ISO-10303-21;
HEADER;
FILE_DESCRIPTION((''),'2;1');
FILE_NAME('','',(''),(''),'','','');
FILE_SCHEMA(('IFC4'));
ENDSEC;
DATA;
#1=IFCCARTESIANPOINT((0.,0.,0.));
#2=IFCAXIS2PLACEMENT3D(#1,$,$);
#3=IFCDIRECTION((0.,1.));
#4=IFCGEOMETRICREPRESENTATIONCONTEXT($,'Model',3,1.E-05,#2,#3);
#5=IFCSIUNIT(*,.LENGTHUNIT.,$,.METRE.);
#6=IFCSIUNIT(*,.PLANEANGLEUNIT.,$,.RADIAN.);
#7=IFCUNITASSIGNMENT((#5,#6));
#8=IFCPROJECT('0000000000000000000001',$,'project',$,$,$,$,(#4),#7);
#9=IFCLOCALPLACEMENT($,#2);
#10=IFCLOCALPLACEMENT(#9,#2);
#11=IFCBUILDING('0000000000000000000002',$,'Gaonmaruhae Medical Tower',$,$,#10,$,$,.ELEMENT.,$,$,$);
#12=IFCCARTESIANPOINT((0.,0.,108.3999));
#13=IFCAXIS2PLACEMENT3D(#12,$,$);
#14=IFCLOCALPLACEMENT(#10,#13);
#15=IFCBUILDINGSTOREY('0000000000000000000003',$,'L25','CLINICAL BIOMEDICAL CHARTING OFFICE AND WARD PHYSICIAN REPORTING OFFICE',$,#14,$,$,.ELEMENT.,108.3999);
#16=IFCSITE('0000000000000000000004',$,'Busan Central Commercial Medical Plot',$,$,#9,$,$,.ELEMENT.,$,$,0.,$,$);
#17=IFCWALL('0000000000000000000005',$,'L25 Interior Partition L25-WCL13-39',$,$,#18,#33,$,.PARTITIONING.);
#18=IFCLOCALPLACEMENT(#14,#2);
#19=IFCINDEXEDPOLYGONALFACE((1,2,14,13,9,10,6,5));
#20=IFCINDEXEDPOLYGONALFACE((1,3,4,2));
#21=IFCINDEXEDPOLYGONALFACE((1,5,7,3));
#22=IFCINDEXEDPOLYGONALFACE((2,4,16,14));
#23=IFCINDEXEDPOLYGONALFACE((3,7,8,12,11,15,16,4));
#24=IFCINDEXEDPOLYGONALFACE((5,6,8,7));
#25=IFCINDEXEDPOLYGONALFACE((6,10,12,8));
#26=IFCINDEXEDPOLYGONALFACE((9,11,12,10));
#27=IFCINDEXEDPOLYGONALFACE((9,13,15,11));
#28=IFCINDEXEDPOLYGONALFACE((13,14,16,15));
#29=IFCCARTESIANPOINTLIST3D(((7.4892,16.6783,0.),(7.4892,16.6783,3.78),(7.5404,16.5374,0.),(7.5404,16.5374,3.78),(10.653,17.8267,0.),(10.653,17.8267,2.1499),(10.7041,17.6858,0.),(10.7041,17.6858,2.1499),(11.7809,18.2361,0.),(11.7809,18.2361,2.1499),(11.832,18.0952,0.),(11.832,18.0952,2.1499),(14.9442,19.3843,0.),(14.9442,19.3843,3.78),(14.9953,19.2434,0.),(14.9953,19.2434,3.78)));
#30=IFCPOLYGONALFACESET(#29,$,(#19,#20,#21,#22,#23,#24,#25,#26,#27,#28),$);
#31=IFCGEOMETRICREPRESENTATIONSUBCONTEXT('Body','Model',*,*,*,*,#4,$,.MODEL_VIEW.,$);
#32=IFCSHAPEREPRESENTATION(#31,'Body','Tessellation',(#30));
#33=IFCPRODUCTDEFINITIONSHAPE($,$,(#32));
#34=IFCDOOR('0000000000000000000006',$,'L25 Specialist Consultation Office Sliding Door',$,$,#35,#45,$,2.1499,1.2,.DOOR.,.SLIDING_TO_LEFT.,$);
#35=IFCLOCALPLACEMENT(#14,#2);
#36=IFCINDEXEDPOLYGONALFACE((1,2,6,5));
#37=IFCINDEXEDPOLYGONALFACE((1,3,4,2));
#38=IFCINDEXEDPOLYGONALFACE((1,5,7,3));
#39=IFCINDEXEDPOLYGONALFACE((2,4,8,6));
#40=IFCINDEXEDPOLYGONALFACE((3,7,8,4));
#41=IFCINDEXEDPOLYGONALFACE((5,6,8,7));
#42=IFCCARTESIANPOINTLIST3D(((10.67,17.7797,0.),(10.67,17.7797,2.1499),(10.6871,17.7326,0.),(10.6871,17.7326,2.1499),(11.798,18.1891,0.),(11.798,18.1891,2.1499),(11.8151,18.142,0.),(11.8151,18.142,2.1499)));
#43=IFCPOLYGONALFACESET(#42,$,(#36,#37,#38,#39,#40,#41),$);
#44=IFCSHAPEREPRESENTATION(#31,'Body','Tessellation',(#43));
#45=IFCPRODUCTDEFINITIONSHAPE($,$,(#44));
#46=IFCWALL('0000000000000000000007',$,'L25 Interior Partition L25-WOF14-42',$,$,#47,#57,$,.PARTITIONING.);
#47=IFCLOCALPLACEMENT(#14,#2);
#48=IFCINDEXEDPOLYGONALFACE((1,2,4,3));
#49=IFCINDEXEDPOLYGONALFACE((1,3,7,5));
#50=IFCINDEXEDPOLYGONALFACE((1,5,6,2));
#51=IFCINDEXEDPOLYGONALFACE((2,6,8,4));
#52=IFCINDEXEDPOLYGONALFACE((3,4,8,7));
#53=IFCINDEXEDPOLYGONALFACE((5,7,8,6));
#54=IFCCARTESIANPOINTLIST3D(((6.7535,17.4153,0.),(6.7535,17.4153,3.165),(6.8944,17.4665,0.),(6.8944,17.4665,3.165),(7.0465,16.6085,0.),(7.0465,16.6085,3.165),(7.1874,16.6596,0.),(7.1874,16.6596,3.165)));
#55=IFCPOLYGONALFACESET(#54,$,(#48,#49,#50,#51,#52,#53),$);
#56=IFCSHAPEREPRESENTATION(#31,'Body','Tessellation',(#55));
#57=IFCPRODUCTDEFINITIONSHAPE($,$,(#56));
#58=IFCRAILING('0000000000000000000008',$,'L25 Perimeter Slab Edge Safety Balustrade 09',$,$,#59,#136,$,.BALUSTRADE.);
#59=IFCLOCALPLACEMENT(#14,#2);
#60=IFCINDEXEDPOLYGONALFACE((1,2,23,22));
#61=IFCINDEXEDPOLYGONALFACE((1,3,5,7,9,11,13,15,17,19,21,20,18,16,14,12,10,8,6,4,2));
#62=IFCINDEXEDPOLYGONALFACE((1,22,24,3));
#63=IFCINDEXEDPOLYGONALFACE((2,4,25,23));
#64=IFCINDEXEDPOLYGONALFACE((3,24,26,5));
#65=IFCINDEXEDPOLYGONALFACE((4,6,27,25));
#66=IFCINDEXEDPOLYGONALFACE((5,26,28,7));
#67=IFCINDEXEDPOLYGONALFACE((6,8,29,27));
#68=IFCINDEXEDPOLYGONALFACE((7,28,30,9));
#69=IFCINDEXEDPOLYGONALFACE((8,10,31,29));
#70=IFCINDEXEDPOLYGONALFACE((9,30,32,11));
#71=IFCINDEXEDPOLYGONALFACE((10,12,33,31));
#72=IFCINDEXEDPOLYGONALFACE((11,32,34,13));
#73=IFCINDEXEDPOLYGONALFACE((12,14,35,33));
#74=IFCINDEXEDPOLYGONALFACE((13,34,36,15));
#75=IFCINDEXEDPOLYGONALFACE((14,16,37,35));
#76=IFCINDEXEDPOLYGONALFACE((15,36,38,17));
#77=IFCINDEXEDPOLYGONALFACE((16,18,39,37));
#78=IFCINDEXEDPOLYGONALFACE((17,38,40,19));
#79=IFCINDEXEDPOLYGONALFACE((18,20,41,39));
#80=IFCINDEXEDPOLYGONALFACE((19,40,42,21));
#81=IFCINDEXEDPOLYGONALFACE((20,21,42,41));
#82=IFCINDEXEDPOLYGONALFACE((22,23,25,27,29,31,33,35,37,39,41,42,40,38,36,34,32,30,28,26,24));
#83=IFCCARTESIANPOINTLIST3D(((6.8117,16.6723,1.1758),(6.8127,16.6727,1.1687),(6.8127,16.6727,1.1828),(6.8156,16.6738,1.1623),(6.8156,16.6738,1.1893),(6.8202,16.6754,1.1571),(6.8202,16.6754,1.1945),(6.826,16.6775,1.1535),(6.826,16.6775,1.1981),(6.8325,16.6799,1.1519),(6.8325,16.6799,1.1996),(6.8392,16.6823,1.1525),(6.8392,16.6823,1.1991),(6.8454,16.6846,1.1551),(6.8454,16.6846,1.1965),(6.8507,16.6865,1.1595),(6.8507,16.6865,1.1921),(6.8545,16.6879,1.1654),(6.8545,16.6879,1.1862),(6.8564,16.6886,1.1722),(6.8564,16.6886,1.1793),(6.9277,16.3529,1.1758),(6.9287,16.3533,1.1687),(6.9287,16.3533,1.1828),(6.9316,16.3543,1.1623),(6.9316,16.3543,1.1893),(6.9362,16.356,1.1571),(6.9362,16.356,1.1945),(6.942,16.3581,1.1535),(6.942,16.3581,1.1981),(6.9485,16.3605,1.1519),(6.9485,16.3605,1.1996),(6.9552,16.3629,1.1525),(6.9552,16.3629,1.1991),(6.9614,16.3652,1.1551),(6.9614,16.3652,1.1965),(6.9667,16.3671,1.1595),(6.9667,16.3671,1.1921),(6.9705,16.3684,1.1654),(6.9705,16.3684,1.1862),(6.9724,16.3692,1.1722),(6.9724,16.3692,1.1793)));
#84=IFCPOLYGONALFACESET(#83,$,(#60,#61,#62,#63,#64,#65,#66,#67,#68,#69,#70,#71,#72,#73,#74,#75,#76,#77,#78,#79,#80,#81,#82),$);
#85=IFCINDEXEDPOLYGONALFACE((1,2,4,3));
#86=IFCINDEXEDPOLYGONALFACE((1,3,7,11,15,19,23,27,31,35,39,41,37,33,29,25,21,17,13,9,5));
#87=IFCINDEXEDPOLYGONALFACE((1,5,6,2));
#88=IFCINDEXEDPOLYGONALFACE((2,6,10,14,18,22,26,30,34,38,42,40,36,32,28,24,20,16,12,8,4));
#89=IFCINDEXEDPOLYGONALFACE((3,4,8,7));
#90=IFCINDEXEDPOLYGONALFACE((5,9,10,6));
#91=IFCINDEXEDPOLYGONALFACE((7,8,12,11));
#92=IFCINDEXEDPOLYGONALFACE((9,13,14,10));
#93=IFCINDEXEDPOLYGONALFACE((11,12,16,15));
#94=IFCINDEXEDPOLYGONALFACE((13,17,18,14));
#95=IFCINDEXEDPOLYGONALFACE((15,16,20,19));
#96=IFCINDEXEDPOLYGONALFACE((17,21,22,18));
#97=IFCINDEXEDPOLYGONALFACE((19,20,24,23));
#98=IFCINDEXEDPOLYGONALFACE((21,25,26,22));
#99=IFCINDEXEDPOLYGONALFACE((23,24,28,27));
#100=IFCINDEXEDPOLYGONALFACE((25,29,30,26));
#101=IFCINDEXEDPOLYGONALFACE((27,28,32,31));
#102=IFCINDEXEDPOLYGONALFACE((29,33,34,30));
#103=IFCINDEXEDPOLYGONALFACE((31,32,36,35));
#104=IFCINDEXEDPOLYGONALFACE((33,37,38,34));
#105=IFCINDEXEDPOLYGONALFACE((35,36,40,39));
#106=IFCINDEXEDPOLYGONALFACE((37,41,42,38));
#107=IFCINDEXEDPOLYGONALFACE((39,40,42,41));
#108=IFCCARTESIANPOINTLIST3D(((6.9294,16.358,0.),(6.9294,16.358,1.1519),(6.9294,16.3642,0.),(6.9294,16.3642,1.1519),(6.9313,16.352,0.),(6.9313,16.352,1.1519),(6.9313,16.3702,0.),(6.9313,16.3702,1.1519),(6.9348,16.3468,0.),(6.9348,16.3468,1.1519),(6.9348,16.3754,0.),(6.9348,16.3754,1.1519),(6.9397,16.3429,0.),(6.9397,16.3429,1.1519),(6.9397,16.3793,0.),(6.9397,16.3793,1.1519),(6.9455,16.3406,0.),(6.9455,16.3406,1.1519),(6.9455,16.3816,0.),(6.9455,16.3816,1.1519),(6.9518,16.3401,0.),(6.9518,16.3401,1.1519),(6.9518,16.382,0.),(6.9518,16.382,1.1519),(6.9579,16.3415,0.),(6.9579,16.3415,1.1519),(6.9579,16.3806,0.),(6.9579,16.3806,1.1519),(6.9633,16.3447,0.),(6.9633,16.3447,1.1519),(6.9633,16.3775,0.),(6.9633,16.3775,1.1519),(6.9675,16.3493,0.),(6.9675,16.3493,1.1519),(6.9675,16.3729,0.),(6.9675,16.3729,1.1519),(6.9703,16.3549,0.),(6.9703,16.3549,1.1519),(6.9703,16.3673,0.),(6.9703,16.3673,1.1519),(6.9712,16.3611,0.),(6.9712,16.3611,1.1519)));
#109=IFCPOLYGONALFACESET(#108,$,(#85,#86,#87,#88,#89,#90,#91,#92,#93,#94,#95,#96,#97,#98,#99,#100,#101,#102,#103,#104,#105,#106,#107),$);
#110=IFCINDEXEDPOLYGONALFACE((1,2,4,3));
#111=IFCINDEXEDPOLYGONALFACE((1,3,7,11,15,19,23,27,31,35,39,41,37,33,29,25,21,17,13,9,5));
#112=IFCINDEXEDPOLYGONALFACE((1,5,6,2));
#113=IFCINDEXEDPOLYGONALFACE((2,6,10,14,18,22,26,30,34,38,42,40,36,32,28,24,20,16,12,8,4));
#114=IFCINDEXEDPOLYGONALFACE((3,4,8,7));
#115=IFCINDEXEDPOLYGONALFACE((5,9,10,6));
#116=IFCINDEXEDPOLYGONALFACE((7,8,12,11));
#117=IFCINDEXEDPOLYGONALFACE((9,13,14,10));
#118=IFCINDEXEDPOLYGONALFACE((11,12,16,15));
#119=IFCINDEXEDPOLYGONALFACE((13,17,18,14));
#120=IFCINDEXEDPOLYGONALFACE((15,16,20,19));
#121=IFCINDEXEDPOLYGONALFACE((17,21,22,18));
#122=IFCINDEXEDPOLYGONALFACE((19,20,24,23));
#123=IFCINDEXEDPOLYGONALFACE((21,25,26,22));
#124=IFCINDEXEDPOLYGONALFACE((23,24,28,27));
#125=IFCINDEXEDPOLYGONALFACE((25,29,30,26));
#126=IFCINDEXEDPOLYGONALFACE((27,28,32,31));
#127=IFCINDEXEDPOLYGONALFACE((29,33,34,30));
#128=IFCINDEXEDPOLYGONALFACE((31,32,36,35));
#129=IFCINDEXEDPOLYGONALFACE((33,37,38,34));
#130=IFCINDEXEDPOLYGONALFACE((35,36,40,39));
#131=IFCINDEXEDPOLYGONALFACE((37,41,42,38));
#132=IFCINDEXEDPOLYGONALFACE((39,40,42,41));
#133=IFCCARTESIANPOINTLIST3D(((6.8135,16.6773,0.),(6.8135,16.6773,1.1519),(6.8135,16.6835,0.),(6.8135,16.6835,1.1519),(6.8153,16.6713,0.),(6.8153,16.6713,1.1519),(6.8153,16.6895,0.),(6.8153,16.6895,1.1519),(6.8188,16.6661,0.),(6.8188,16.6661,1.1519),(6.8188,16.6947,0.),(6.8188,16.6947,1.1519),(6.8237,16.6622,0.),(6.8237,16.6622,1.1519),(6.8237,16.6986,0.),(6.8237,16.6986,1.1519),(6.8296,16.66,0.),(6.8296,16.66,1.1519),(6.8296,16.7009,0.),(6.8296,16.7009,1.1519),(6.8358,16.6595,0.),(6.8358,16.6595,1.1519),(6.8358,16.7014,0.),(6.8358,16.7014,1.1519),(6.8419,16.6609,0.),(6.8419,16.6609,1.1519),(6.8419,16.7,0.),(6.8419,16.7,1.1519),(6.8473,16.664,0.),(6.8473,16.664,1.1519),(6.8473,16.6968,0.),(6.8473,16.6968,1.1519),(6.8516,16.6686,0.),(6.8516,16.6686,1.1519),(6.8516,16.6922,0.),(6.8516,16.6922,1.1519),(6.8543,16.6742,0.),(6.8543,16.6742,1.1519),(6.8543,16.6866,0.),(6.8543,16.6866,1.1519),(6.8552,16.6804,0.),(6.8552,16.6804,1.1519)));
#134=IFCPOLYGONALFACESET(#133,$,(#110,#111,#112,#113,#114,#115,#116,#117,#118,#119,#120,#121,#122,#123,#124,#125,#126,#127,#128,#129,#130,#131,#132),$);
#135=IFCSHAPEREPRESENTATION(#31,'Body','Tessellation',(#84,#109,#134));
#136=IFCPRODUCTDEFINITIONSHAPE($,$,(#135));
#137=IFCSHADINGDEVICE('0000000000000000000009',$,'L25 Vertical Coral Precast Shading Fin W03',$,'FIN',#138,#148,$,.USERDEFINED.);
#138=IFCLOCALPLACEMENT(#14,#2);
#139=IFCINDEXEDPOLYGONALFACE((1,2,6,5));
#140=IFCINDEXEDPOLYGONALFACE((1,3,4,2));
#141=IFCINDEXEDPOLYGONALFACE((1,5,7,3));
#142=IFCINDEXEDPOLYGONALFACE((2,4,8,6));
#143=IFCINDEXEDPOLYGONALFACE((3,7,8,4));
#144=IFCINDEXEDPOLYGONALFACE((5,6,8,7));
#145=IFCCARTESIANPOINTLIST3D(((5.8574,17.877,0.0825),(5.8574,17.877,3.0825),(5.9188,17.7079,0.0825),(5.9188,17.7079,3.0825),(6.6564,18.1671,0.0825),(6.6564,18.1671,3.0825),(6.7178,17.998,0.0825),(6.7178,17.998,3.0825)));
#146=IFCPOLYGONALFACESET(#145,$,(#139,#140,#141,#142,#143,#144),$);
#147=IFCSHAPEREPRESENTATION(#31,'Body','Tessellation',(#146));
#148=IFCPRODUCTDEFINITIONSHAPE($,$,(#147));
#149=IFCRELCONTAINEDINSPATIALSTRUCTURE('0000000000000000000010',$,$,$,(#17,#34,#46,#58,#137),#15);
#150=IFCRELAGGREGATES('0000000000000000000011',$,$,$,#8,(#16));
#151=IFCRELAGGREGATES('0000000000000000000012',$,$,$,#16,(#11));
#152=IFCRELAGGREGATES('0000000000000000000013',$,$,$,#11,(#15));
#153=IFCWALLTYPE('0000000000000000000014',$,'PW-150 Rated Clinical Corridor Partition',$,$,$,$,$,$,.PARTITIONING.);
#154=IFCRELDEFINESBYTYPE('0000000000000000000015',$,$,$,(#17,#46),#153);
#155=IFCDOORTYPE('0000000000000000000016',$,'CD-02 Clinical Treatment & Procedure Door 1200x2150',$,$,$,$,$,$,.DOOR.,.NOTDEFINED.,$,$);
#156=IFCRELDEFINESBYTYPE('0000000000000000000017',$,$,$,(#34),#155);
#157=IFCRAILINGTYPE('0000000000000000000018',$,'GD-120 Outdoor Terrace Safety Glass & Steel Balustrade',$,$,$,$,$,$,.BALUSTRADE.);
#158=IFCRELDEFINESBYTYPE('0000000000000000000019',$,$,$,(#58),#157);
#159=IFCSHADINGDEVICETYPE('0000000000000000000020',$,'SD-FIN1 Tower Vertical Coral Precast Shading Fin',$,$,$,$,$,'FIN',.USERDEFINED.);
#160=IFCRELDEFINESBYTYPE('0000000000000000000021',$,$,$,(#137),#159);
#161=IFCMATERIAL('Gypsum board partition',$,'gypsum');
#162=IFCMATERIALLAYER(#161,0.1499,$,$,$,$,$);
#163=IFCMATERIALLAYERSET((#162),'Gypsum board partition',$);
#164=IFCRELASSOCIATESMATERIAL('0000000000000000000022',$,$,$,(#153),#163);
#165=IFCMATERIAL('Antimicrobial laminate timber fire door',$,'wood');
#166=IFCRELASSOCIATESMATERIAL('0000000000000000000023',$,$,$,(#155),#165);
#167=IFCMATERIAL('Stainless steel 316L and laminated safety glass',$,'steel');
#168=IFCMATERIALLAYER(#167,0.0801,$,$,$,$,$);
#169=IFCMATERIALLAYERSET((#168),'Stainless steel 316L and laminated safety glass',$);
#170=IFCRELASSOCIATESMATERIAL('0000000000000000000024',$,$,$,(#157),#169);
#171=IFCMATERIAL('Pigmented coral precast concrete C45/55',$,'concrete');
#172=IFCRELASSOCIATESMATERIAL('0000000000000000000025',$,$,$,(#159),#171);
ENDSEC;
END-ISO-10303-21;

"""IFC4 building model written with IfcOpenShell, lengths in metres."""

from ifc_helpers import new_model, si_unit, direction, frame, frame_2d, origin, origin_2d, place, context, subcontext, project, spatial, rectangle, circle, extrude, material, layer, layer_set, type_object, element, fill, save


model = new_model("IFC4")

# Units and contexts
model_context = context("Model", 3, precision=1e-05, world=origin(), true_north=direction((0.0, 1.0)))
body_context = subcontext(model_context, "Body", "Model", "MODEL_VIEW")
ifc_project = project(units=[si_unit("LENGTHUNIT", "METRE"), si_unit("PLANEANGLEUNIT", "RADIAN")], contexts=[model_context])

# Site, building, storey
site_placement = place(None, origin())
site = spatial("IfcSite", under=ifc_project, at=site_placement, Name="Busan Central Commercial Medical Plot", CompositionType="ELEMENT", RefElevation=0.0)
building_placement = place(site_placement, origin())
building = spatial("IfcBuilding", under=site, at=building_placement, Name="Gaonmaruhae Medical Tower", CompositionType="ELEMENT")
storey_placement = place(building_placement, frame((0.0, 0.0, 108.3999)))
storey = spatial("IfcBuildingStorey", under=building, at=storey_placement, Name="L25", Description="CLINICAL BIOMEDICAL CHARTING OFFICE AND WARD PHYSICIAN REPORTING OFFICE", CompositionType="ELEMENT", Elevation=108.3999)

# Shared definitions
ifc_material_1 = material(Name="Gypsum board partition", Category="gypsum")
ifc_layer_1 = layer(ifc_material_1, 0.1499)
ifc_layer_set_1 = layer_set([ifc_layer_1], Name="Gypsum board partition")
wall_type_1 = type_object("IfcWallType", Name="PW-150 Rated Clinical Corridor Partition", PredefinedType="PARTITIONING", material=ifc_layer_set_1)

# Wall, opening, door
wall_1_placement = place(storey_placement, frame((7.5149, 16.6079, 0.0), z_axis=(0.0, 0.0, 1.0), x_axis=(0.939991, 0.341199, 0.0)))
wall_1 = element("IfcWall", 1, at=wall_1_placement, inside=storey, type_object=wall_type_1, Name="L25 Interior Partition L25-WCL13-39", PredefinedType="PARTITIONING", context=body_context, shape_type="SweptSolid", body=[
    extrude(rectangle(XDim=7.9309, YDim=0.1499, at=frame_2d((3.9653, 0.0))), origin(), (0.0, 0.0, 1.0), 3.78),
])
opening_1_placement = place(wall_1_placement, frame((3.3655, 0.0, 0.0)))
opening_1 = element("IfcOpeningElement", 2, at=opening_1_placement, cuts=wall_1, PredefinedType="OPENING", context=body_context, shape_type="SweptSolid", body=[
    extrude(rectangle(XDim=1.2, YDim=2.1499, at=frame_2d((0.6001, 1.075))), frame((0.0, 0.085, 0.0), z_axis=(0.0, -1.0, 0.0), x_axis=(1.0, 0.0, 0.0)), (0.0, 0.0, 1.0), 0.1699),
])
ifc_material_2 = material(Name="Antimicrobial laminate timber fire door", Category="wood")
door_type_1 = type_object("IfcDoorType", Name="CD-02 Clinical Treatment & Procedure Door 1200x2150", OperationType="NOTDEFINED", PredefinedType="DOOR", material=ifc_material_2)
door_1_placement = place(opening_1_placement, origin())
door_1 = element("IfcDoor", 3, at=door_1_placement, inside=storey, type_object=door_type_1, Name="L25 Specialist Consultation Office Sliding Door", OperationType="SLIDING_TO_LEFT", OverallHeight=2.1499, OverallWidth=1.2, PredefinedType="DOOR", context=body_context, shape_type="SweptSolid", body=[
    extrude(rectangle(XDim=1.2, YDim=2.1499, at=frame_2d((0.6001, 1.075))), frame((0.0, 0.0249, 0.0), z_axis=(0.0, -1.0, 0.0), x_axis=(1.0, 0.0, 0.0)), (0.0, 0.0, 1.0), 0.05),
])
fill(opening_1, door_1)

# Wall
wall_2_placement = place(storey_placement, frame((7.1169, 16.634, 0.0), z_axis=(0.0, 0.0, 1.0), x_axis=(-0.341286, 0.939959, 0.0)))
element("IfcWall", 4, at=wall_2_placement, inside=storey, type_object=wall_type_1, Name="L25 Interior Partition L25-WOF14-42", PredefinedType="PARTITIONING", context=body_context, shape_type="SweptSolid", body=[
    extrude(rectangle(XDim=0.8584, YDim=0.1499, at=frame_2d((0.4292, 0.0))), origin(), (0.0, 0.0, 1.0), 3.165),
])

# Railing
ifc_material_3 = material(Name="Stainless steel 316L and laminated safety glass", Category="steel")
ifc_layer_2 = layer(ifc_material_3, 0.0801)
ifc_layer_set_2 = layer_set([ifc_layer_2], Name="Stainless steel 316L and laminated safety glass")
railing_type = type_object("IfcRailingType", Name="GD-120 Outdoor Terrace Safety Glass & Steel Balustrade", PredefinedType="BALUSTRADE", material=ifc_layer_set_2)
railing_placement = place(storey_placement, frame((6.9502, 16.3611, 0.0)))
element("IfcRailing", 5, at=railing_placement, inside=storey, type_object=railing_type, Name="L25 Perimeter Slab Edge Safety Balustrade 09", PredefinedType="BALUSTRADE", context=body_context, shape_type="SweptSolid", body=[
    extrude(circle(Radius=0.0239, at=origin_2d()), frame((0.0, 0.0, 1.1758), z_axis=(-0.341339, 0.93994, 0.0), x_axis=(-0.93994, -0.341339, 0.0)), (0.0, 0.0, 1.0), 0.3398),
    extrude(circle(Radius=0.021, at=origin_2d()), origin(), (0.0, 0.0, 1.0), 1.1519),
    extrude(circle(Radius=0.021, at=origin_2d()), frame((-0.116, 0.3193, 0.0)), (0.0, 0.0, 1.0), 1.1519),
])

# Shading device
ifc_material_4 = material(Name="Pigmented coral precast concrete C45/55", Category="concrete")
shading_device_type = type_object("IfcShadingDeviceType", Name="SD-FIN1 Tower Vertical Coral Precast Shading Fin", ElementType="FIN", PredefinedType="USERDEFINED", material=ifc_material_4)
shading_device_placement = place(storey_placement, frame((6.2876, 17.9375, 0.0825), z_axis=(0.0, 0.0, 1.0), x_axis=(-0.341216, 0.939985, 0.0)))
element("IfcShadingDevice", 6, at=shading_device_placement, inside=storey, type_object=shading_device_type, Name="L25 Vertical Coral Precast Shading Fin W03", ObjectType="FIN", PredefinedType="USERDEFINED", context=body_context, shape_type="SweptSolid", body=[
    extrude(rectangle(XDim=0.1799, YDim=0.8501, at=origin_2d()), origin(), (0.0, 0.0, 1.0), 3.0),
])

save(model, "model.ifc")
